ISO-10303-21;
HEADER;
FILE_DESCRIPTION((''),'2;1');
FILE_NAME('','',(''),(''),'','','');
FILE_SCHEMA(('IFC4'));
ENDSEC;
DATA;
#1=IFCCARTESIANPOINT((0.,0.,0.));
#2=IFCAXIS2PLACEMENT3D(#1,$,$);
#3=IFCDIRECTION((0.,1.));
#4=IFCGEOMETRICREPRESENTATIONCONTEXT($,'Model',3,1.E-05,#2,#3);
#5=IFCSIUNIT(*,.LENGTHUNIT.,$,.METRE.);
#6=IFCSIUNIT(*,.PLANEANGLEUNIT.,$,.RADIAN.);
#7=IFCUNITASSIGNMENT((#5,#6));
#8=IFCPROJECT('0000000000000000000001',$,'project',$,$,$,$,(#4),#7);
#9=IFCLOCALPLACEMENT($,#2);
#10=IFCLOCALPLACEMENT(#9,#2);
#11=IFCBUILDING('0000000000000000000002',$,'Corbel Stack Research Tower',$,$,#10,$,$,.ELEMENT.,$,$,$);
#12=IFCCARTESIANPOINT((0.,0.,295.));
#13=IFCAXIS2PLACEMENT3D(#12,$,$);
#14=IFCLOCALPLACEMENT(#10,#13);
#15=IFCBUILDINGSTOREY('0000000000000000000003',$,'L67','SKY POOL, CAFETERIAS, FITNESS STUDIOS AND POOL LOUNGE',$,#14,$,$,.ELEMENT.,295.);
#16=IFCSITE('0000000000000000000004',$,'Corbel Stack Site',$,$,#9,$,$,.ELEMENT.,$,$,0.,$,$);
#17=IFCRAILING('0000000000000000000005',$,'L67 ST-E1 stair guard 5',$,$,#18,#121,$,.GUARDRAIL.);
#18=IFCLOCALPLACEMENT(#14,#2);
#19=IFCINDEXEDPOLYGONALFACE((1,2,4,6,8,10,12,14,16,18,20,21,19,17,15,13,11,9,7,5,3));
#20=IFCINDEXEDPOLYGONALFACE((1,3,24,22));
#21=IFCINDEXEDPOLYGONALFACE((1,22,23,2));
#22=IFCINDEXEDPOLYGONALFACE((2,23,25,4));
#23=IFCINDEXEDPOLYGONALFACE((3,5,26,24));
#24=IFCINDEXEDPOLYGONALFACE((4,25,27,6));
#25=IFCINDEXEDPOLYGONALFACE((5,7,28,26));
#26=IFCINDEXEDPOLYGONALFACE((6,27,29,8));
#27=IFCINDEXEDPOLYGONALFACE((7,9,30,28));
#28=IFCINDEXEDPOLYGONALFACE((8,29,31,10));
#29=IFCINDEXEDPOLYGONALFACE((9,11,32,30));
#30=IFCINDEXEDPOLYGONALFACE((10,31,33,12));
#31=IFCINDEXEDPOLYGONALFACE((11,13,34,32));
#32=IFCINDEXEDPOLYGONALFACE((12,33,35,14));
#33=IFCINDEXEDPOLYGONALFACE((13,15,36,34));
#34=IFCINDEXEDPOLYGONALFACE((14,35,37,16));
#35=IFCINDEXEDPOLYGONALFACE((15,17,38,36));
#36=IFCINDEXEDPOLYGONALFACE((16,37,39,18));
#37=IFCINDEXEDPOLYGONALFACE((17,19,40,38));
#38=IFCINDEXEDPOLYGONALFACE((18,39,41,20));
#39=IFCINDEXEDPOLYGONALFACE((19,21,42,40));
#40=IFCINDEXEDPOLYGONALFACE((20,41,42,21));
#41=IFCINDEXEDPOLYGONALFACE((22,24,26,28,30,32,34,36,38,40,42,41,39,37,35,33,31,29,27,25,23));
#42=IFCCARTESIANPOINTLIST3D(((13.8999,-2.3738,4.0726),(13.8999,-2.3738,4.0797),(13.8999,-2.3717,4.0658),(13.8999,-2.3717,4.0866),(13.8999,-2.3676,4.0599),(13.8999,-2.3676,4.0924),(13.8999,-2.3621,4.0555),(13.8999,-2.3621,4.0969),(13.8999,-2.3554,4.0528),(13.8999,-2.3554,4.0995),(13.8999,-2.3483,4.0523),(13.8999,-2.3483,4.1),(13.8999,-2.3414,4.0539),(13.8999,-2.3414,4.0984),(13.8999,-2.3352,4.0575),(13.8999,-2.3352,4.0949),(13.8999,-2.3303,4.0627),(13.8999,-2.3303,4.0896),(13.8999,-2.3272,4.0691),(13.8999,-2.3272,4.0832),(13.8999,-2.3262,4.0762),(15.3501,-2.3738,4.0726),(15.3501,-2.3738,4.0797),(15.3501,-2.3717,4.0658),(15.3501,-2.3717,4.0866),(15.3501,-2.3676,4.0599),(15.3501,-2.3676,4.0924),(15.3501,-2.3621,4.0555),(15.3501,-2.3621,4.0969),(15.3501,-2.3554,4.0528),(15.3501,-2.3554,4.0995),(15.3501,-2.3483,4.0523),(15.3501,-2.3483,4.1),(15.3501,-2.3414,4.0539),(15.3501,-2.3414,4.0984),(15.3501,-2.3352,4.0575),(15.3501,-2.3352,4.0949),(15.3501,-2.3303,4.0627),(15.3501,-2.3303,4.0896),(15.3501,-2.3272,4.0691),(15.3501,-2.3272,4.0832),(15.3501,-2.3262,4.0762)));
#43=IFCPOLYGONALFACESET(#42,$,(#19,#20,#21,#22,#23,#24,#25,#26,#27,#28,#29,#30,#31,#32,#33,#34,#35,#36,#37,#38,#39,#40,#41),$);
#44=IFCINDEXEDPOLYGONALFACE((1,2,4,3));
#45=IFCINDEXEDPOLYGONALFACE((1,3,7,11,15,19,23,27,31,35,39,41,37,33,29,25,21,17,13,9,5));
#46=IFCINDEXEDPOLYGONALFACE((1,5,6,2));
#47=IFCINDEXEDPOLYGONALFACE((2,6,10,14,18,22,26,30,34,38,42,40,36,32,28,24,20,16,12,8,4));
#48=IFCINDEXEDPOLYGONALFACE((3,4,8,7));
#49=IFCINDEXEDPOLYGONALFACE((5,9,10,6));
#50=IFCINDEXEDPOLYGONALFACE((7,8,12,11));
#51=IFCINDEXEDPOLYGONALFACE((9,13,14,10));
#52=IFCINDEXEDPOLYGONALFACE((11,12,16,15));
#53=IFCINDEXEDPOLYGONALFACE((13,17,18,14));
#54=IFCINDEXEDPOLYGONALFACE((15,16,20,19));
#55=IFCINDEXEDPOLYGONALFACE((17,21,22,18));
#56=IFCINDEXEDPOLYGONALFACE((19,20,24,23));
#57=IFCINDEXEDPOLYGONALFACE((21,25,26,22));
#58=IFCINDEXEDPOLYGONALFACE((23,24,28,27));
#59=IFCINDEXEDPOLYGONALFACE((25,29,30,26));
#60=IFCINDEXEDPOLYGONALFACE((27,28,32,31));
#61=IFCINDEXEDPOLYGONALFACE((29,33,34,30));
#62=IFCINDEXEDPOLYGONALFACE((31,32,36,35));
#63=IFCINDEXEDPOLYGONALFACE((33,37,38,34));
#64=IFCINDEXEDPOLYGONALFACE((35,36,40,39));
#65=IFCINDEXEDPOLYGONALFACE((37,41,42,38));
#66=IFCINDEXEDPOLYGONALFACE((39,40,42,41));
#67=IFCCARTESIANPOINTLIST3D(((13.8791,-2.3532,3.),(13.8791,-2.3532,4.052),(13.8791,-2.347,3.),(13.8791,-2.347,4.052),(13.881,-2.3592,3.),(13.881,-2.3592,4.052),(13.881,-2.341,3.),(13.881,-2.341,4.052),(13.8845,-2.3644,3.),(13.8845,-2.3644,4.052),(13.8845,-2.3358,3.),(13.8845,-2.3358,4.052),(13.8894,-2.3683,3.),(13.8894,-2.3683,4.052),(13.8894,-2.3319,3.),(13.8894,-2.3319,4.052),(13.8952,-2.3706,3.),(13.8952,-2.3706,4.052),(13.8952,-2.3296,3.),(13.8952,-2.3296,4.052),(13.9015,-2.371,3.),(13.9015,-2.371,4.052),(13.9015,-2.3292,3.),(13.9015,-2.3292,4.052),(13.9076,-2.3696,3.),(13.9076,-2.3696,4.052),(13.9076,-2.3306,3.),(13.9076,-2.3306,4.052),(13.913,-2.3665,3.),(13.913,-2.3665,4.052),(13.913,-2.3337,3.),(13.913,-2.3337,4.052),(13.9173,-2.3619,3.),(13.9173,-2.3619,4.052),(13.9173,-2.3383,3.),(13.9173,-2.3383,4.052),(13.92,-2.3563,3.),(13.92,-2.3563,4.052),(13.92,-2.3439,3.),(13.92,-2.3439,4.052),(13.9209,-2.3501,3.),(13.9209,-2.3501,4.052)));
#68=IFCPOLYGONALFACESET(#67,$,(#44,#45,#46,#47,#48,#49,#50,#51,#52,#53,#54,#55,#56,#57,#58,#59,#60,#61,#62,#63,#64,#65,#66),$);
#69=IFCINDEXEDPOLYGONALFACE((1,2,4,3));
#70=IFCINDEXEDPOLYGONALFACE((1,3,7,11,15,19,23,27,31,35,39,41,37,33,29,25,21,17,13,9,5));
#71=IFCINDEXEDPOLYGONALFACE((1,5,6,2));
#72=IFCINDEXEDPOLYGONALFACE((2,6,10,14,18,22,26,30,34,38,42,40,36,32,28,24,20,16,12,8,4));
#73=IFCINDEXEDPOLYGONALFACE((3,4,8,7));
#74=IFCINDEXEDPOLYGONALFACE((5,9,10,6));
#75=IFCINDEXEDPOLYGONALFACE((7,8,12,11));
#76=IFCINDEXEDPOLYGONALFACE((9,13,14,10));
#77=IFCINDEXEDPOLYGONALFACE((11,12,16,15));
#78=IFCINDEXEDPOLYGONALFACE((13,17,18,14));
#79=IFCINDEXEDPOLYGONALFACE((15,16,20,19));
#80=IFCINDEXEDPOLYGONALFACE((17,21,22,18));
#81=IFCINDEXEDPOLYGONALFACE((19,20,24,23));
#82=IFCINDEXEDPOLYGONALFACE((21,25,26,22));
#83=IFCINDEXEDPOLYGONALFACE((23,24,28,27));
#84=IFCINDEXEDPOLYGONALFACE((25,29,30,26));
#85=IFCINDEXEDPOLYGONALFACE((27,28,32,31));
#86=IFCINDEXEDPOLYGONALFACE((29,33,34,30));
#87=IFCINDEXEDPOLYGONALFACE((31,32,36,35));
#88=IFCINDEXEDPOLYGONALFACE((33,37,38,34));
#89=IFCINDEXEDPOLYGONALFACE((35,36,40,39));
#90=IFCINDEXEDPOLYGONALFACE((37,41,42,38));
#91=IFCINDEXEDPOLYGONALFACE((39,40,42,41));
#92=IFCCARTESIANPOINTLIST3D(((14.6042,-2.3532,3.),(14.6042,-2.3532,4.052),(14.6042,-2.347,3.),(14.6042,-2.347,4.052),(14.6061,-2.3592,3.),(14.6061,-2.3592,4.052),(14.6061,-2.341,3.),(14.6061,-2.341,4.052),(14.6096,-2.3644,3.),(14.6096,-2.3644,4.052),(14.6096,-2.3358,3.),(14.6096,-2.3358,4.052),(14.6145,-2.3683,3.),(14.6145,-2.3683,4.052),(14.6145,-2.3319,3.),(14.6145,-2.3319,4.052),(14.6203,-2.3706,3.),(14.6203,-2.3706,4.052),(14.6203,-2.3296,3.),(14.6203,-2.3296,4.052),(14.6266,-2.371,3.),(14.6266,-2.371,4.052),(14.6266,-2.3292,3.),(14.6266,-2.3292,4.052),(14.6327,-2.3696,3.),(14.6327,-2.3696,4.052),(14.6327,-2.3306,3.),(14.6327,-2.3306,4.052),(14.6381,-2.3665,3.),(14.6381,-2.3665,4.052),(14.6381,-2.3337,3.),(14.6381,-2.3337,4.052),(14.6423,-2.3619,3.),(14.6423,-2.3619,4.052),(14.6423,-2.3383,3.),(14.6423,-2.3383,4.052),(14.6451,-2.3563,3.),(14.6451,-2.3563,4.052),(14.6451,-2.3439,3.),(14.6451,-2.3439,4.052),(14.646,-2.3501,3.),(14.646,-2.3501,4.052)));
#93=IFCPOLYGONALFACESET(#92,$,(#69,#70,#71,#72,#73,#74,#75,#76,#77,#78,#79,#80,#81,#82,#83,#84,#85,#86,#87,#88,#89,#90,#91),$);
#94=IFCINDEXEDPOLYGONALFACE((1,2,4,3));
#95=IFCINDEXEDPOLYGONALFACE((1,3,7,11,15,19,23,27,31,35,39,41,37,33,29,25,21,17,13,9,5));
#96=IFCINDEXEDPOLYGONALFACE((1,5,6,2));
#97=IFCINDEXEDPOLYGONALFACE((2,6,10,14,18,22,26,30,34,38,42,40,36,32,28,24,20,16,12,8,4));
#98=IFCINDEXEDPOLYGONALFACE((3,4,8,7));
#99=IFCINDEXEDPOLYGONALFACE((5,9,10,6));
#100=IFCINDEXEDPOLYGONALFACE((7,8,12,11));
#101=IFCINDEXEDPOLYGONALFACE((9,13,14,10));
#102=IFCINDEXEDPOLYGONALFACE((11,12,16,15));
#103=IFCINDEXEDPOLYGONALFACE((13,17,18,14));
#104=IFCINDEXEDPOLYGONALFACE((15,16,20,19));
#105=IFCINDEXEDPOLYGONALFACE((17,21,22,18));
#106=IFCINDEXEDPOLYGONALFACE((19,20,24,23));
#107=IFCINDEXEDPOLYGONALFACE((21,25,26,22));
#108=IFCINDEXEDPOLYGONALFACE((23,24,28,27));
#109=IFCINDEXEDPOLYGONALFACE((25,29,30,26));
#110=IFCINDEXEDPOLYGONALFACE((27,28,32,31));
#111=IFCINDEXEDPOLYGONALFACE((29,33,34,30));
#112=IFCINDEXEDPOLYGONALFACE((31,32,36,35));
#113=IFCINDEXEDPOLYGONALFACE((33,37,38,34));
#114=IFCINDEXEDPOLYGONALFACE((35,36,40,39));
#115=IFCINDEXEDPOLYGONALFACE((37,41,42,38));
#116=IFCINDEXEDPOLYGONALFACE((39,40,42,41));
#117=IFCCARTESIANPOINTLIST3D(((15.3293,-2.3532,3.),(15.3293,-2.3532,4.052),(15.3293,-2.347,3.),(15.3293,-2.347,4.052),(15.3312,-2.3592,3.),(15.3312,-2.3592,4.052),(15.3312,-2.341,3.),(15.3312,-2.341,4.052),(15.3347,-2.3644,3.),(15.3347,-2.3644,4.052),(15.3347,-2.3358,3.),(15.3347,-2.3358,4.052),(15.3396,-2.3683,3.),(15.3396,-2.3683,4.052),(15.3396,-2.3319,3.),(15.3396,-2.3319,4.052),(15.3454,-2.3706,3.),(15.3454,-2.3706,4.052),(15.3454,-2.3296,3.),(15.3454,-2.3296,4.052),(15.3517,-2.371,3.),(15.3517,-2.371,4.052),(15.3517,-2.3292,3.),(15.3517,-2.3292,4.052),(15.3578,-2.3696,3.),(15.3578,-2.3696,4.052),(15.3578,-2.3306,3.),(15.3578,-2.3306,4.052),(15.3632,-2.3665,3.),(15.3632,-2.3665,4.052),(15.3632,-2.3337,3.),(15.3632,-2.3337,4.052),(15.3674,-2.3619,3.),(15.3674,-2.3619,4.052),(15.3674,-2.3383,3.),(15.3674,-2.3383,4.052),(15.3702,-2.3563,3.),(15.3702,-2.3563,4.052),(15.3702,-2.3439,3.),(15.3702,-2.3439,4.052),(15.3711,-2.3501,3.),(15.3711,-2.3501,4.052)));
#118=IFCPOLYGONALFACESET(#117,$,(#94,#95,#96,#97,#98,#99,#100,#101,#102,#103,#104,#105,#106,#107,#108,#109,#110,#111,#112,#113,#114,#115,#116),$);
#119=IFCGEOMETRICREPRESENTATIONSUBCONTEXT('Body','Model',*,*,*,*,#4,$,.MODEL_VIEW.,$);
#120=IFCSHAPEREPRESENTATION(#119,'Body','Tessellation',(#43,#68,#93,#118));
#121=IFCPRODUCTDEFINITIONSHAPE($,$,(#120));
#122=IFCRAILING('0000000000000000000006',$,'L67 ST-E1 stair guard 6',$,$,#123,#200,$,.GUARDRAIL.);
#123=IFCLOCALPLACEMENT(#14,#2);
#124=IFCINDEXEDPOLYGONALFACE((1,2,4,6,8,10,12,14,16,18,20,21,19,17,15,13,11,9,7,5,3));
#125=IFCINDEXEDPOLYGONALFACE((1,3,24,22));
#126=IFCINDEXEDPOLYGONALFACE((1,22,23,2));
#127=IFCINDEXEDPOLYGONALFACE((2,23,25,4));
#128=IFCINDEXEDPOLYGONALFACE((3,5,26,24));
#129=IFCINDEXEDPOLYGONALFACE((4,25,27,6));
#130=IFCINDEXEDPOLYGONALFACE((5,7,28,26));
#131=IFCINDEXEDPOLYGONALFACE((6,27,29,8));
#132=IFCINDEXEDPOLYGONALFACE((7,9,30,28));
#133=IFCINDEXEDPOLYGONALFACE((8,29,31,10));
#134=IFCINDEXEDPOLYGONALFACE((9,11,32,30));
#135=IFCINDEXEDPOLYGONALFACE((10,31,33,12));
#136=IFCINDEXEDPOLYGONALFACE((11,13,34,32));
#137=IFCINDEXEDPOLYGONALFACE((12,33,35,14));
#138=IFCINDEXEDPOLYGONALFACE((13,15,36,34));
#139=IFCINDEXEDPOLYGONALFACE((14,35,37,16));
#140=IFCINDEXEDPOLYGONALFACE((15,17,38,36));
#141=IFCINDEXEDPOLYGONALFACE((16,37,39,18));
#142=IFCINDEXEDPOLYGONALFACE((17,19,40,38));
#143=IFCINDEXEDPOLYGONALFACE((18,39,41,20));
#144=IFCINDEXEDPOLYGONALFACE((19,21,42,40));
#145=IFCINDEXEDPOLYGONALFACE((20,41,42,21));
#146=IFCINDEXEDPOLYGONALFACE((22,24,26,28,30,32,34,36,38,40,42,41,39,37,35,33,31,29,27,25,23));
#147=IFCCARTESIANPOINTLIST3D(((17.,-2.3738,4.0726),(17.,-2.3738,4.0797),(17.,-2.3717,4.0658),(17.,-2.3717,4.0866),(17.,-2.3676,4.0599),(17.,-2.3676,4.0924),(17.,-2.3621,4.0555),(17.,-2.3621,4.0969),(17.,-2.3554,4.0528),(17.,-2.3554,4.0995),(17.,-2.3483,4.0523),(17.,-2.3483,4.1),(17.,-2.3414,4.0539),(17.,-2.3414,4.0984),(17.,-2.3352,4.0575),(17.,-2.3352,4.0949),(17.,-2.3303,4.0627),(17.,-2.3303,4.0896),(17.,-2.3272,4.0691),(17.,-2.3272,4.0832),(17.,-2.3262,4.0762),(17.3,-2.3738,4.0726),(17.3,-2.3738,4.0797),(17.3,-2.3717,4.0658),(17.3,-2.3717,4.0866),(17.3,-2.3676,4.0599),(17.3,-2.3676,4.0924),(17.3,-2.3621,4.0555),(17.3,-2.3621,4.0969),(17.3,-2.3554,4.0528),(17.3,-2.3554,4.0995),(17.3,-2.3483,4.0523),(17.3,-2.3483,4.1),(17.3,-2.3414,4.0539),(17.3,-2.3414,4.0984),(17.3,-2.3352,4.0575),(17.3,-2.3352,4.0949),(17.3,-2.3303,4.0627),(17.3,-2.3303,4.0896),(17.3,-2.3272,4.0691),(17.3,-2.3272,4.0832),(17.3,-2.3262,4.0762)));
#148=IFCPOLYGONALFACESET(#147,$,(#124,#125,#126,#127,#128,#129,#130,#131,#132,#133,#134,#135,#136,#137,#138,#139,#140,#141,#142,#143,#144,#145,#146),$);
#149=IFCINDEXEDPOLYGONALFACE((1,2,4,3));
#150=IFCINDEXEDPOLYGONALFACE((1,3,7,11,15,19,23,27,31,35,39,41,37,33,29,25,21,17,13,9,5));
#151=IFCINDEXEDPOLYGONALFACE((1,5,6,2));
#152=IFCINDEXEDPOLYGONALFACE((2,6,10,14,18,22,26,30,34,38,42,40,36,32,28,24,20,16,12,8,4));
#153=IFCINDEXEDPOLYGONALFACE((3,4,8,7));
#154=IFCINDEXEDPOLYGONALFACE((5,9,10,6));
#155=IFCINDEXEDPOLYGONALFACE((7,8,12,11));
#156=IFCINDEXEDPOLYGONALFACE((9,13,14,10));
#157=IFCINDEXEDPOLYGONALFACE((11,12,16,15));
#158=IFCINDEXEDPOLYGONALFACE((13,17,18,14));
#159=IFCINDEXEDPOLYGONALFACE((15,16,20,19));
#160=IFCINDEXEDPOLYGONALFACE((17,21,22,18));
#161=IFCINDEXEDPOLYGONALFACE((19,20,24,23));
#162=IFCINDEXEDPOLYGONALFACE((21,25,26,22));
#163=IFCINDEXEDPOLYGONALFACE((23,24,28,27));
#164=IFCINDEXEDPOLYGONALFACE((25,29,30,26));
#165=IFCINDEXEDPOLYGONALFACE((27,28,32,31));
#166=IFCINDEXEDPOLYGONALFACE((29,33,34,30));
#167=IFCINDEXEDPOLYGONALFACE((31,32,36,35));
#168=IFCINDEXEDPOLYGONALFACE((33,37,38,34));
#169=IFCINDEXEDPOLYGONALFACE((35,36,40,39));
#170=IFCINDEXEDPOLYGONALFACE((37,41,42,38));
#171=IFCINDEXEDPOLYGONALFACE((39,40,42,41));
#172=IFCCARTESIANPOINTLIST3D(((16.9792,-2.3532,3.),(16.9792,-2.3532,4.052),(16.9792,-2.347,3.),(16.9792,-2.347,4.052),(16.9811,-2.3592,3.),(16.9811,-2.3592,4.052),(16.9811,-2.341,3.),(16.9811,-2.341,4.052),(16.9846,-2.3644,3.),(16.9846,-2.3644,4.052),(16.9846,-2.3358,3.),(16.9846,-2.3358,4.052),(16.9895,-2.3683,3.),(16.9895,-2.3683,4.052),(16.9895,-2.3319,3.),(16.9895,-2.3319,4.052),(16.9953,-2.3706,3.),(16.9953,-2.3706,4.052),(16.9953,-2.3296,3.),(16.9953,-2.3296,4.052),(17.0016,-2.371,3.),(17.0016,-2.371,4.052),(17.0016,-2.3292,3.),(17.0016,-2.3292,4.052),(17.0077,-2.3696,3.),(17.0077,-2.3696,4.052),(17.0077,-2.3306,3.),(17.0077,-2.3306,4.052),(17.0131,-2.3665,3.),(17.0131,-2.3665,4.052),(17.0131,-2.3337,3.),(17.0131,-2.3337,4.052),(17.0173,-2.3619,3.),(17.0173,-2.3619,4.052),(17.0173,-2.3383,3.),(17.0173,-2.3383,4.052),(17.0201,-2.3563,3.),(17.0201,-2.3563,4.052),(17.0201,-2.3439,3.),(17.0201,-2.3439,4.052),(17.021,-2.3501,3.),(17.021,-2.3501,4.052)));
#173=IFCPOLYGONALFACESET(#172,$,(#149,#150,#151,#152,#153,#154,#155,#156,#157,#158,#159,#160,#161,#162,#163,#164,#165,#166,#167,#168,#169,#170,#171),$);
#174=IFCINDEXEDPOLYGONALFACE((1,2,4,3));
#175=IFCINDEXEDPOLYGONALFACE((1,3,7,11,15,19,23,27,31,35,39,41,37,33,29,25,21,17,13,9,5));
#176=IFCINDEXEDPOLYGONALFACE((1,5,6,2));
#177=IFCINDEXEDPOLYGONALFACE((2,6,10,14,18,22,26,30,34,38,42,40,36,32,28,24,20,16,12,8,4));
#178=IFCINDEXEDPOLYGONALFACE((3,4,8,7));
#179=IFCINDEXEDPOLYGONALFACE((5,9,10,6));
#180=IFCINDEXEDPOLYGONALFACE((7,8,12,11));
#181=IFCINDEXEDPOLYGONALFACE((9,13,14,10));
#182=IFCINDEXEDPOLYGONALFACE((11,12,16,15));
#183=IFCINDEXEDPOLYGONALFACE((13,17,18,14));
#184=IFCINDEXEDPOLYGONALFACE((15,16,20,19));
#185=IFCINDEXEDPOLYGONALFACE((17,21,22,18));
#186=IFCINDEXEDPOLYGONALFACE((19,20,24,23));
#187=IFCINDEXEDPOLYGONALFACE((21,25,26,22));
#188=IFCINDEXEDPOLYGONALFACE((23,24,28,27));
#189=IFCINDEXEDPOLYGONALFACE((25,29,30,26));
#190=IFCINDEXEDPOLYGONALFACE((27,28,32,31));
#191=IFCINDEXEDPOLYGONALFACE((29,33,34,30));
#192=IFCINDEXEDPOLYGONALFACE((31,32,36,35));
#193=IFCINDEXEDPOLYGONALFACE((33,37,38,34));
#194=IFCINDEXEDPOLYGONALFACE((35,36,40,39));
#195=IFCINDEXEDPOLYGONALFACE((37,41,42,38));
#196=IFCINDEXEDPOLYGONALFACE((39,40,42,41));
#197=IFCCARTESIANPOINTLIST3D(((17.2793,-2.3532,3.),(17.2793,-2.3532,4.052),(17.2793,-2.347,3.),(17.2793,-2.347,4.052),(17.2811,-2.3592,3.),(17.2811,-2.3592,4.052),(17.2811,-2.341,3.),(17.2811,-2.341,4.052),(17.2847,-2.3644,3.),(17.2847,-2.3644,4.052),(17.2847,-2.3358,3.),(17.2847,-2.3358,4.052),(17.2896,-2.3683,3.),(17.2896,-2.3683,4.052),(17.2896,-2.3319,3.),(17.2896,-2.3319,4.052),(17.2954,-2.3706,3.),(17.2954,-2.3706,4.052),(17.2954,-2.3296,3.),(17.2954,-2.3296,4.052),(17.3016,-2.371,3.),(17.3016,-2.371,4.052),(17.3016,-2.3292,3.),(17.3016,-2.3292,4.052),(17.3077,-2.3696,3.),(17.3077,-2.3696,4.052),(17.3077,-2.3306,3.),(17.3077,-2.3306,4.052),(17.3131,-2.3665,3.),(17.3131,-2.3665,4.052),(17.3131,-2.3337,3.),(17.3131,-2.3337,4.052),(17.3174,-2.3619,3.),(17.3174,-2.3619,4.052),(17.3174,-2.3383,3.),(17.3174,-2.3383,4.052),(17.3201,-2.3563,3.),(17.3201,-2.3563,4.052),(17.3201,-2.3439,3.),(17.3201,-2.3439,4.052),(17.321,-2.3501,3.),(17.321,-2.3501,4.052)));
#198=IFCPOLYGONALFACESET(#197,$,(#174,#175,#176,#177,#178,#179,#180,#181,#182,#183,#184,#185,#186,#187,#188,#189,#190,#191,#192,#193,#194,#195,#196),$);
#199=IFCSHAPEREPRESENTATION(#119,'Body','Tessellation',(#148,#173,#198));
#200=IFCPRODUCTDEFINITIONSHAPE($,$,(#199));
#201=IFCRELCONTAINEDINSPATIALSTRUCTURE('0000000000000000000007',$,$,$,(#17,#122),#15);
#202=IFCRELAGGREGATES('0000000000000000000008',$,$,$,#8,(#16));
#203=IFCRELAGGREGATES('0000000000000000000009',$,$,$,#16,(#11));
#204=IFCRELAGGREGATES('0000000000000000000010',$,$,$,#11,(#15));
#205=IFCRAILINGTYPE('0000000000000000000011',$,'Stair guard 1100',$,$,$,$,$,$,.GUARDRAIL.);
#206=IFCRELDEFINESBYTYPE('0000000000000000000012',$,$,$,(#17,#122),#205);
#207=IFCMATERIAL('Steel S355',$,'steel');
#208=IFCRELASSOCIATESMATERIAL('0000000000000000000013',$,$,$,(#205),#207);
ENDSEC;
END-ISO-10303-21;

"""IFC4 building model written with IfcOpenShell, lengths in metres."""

from ifc_helpers import new_model, si_unit, direction, frame, origin, origin_2d, place, context, subcontext, project, spatial, circle, extrude, material, type_object, element, save


model = new_model("IFC4")

# Units and contexts
model_context = context("Model", 3, precision=1e-05, world=origin(), true_north=direction((0.0, 1.0)))
body_context = subcontext(model_context, "Body", "Model", "MODEL_VIEW")
ifc_project = project(units=[si_unit("LENGTHUNIT", "METRE"), si_unit("PLANEANGLEUNIT", "RADIAN")], contexts=[model_context])

# Site, building, storey
site_placement = place(None, origin())
site = spatial("IfcSite", under=ifc_project, at=site_placement, Name="Corbel Stack Site", CompositionType="ELEMENT", RefElevation=0.0)
building_placement = place(site_placement, origin())
building = spatial("IfcBuilding", under=site, at=building_placement, Name="Corbel Stack Research Tower", CompositionType="ELEMENT")
storey_placement = place(building_placement, frame((0.0, 0.0, 295.0)))
storey = spatial("IfcBuildingStorey", under=building, at=storey_placement, Name="L67", Description="SKY POOL, CAFETERIAS, FITNESS STUDIOS AND POOL LOUNGE", CompositionType="ELEMENT", Elevation=295.0)

# Railings
ifc_material_1 = material(Name="Steel S355", Category="steel")
railing_type_1 = type_object("IfcRailingType", Name="Stair guard 1100", PredefinedType="GUARDRAIL", material=ifc_material_1)
railing_1_placement = place(storey_placement, frame((13.8999, -2.3501, 3.0)))
element("IfcRailing", 1, at=railing_1_placement, inside=storey, type_object=railing_type_1, Name="L67 ST-E1 stair guard 5", PredefinedType="GUARDRAIL", context=body_context, shape_type="SweptSolid", body=[
    extrude(circle(Radius=0.0239, at=origin_2d()), frame((0.0, 0.0, 1.0762), z_axis=(1.0, 0.0, 0.0), x_axis=(0.0, 1.0, 0.0)), (0.0, 0.0, 1.0), 1.4502),
    extrude(circle(Radius=0.021, at=origin_2d()), origin(), (0.0, 0.0, 1.0), 1.052),
    extrude(circle(Radius=0.021, at=origin_2d()), frame((0.7251, 0.0, 0.0)), (0.0, 0.0, 1.0), 1.052),
    extrude(circle(Radius=0.021, at=origin_2d()), frame((1.4502, 0.0, 0.0)), (0.0, 0.0, 1.0), 1.052),
])
for number, where, name in (
    (2, (17.0, -2.3501, 3.0), "L67 ST-E1 stair guard 6"),
):
    element("IfcRailing", number, at=place(storey_placement, frame(where)), inside=storey, type_object=railing_type_1, Name=name, PredefinedType="GUARDRAIL", context=body_context, shape_type="SweptSolid", body=[
        extrude(circle(Radius=0.0239, at=origin_2d()), frame((0.0, 0.0, 1.0762), z_axis=(1.0, 0.0, 0.0), x_axis=(0.0, 1.0, 0.0)), (0.0, 0.0, 1.0), 0.3),
        extrude(circle(Radius=0.021, at=origin_2d()), origin(), (0.0, 0.0, 1.0), 1.052),
        extrude(circle(Radius=0.021, at=origin_2d()), frame((0.3, 0.0, 0.0)), (0.0, 0.0, 1.0), 1.052),
    ])

save(model, "model.ifc")
